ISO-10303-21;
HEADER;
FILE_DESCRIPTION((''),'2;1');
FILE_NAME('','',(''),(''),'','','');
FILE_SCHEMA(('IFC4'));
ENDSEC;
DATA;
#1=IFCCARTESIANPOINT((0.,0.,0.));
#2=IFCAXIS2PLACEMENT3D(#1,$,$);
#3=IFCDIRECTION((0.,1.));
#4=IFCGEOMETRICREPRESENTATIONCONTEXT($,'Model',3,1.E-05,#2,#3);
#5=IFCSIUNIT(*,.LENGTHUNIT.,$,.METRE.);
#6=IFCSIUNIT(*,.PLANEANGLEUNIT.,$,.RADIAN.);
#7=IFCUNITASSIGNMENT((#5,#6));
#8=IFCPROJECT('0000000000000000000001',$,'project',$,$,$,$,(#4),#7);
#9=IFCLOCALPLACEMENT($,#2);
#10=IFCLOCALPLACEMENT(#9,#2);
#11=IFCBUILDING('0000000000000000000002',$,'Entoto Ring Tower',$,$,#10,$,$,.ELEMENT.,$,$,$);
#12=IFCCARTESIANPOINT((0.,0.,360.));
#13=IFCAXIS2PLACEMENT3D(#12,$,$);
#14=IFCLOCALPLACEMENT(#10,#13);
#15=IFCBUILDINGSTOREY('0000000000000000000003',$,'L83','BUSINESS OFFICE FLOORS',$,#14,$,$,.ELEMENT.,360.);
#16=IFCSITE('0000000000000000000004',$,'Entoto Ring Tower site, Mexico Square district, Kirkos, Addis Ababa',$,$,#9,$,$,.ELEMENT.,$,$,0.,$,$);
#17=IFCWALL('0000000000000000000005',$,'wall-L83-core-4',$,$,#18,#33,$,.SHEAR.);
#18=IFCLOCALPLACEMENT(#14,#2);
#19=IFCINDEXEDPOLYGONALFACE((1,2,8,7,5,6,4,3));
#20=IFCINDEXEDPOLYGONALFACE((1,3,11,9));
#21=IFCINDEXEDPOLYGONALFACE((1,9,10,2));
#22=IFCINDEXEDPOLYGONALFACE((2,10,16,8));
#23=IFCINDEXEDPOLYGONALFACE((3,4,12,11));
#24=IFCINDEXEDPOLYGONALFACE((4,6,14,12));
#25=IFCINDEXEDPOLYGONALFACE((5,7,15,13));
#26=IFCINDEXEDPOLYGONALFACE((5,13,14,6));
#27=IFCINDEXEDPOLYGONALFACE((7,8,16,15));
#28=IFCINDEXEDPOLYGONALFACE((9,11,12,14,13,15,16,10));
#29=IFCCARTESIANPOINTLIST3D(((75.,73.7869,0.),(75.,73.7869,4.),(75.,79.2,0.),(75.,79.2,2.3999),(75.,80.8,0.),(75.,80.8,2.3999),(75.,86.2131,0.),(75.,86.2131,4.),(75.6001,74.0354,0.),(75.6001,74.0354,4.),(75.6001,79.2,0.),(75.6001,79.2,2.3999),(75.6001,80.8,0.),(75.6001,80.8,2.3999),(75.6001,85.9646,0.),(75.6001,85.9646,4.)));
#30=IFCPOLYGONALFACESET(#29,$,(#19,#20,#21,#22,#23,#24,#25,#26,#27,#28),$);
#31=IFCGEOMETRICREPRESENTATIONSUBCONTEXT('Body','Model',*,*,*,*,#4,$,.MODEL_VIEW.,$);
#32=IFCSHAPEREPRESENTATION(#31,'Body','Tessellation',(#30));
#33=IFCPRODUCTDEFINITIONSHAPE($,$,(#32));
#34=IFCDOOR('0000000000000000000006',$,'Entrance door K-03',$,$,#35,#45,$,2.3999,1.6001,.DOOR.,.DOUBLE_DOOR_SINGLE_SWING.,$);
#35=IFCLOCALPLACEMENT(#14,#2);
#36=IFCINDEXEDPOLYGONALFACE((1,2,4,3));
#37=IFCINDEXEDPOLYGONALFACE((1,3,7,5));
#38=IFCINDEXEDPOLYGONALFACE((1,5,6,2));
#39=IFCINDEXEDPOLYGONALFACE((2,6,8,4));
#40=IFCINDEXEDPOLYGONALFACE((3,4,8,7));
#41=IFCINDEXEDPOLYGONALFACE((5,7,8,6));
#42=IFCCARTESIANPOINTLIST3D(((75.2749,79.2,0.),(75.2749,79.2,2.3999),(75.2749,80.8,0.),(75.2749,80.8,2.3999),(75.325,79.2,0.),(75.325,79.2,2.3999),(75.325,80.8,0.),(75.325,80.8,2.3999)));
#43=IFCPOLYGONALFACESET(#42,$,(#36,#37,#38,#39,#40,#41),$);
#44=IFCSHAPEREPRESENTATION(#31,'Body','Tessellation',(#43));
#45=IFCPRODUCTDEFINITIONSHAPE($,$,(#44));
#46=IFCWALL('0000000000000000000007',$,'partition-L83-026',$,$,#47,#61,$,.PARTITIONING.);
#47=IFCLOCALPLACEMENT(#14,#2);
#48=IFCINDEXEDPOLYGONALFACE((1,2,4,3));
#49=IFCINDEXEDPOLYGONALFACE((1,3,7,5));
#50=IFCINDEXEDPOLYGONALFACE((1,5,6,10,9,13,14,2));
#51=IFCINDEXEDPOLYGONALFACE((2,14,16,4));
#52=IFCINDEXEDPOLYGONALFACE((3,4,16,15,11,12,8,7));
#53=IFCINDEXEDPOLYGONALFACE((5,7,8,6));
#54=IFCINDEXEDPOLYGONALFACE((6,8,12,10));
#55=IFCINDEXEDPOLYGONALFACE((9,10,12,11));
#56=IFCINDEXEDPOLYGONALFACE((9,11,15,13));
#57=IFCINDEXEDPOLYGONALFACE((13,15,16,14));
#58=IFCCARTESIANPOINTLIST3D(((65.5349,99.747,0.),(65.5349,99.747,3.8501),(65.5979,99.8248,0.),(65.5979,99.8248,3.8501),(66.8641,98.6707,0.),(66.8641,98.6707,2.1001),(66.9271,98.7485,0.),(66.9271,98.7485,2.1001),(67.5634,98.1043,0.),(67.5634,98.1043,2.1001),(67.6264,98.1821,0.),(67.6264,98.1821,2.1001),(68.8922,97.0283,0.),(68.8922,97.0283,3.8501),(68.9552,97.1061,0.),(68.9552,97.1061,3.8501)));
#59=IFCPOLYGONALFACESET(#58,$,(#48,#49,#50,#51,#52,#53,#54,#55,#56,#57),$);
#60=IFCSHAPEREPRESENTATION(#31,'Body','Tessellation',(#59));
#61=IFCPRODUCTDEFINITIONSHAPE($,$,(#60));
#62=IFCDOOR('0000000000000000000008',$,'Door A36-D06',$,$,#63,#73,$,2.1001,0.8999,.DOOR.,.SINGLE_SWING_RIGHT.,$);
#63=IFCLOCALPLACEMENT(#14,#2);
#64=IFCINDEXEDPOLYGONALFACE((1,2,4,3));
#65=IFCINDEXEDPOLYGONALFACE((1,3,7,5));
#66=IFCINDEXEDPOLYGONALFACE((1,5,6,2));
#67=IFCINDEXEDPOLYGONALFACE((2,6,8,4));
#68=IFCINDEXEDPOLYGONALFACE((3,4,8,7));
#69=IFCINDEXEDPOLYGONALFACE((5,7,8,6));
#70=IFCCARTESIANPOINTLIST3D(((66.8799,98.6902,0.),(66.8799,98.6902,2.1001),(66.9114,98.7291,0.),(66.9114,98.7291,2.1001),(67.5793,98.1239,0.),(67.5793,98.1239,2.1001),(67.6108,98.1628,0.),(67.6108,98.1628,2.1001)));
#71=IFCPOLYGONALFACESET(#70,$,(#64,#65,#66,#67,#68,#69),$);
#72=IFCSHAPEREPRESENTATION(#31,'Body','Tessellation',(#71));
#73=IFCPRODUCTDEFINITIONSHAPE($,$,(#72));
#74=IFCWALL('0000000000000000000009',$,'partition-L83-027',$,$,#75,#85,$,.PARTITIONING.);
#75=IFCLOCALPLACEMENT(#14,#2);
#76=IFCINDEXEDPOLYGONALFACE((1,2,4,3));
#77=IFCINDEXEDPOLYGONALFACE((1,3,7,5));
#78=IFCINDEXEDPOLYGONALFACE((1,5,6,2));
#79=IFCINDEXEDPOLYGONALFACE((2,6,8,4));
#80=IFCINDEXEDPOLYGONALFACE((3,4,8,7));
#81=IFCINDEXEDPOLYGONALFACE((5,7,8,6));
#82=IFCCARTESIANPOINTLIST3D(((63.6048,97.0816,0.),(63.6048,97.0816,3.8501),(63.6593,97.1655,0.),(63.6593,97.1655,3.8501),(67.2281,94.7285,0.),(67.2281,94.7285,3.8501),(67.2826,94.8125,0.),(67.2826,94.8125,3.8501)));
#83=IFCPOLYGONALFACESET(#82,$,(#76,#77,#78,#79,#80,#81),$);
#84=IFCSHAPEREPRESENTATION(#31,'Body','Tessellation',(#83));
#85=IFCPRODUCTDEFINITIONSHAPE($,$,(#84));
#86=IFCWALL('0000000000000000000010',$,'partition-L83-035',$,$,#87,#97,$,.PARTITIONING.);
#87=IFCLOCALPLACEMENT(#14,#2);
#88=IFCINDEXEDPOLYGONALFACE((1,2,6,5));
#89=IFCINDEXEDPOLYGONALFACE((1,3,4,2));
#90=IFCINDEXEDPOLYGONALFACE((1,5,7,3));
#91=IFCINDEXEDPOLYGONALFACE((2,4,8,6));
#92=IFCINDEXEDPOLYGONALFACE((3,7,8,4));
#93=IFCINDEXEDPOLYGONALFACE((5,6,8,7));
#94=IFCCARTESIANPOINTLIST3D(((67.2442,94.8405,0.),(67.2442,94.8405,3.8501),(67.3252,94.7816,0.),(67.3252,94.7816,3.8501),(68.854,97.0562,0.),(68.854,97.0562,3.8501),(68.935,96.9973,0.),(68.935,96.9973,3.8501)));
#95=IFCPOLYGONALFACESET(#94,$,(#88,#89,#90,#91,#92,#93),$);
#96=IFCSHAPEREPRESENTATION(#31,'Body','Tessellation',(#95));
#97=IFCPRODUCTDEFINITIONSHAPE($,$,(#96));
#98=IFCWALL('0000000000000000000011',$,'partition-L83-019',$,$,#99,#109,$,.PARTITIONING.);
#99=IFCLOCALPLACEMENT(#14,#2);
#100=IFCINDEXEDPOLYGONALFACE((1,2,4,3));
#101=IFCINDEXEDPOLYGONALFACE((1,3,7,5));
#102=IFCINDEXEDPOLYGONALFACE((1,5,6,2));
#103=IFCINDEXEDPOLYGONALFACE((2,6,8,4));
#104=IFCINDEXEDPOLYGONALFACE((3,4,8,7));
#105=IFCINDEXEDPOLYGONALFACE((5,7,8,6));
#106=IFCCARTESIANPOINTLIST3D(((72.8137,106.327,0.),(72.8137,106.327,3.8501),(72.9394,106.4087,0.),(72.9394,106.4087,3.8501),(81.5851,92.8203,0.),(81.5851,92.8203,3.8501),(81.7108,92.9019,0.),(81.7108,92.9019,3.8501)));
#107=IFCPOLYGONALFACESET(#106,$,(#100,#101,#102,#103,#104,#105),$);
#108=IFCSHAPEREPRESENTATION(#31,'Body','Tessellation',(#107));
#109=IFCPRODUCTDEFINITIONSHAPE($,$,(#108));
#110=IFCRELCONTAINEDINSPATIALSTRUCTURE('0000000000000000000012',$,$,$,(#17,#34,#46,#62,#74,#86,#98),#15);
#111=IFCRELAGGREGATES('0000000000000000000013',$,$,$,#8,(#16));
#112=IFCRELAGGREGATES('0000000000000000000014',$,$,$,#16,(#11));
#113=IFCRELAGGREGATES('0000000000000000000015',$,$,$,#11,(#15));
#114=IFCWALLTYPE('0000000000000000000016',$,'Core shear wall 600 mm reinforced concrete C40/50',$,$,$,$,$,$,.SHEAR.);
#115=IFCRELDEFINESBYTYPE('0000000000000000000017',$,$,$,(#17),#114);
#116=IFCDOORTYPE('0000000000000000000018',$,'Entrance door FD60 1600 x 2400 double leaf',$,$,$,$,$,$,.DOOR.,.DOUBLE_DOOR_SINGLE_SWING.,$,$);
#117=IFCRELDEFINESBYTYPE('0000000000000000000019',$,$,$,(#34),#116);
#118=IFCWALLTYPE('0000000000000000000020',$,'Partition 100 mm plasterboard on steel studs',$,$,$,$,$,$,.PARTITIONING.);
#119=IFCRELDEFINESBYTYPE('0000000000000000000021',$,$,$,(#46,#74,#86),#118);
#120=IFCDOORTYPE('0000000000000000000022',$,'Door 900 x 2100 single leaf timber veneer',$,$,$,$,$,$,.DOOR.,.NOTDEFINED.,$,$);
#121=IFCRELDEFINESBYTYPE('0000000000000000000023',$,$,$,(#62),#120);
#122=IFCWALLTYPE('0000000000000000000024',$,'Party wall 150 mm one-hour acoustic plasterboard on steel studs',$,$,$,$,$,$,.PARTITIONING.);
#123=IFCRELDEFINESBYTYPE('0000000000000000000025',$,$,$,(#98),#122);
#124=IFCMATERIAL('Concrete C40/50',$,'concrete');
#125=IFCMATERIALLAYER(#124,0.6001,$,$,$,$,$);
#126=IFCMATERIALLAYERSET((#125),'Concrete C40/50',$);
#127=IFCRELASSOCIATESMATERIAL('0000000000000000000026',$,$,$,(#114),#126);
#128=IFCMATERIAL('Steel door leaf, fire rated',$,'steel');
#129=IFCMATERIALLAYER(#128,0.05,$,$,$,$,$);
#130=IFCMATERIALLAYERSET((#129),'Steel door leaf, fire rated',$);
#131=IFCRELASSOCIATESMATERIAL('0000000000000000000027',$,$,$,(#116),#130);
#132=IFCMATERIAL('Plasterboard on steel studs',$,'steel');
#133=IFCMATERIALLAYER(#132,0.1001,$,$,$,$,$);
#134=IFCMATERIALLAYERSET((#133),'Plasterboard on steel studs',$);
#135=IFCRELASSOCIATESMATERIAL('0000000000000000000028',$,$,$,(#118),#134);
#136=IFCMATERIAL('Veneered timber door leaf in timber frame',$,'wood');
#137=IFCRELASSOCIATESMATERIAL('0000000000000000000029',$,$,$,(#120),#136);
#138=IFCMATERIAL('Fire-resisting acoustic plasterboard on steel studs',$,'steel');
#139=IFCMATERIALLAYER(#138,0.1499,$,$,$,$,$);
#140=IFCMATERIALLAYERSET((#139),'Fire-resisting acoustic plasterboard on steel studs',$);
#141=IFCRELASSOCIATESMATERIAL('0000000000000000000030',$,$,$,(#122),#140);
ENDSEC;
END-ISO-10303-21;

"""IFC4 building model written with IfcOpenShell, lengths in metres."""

from ifc_helpers import new_model, si_unit, direction, frame, frame_2d, origin, place, context, subcontext, project, spatial, polyline, rectangle, outline, extrude, material, layer, layer_set, type_object, element, fill, save


model = new_model("IFC4")

# Units and contexts
model_context = context("Model", 3, precision=1e-05, world=origin(), true_north=direction((0.0, 1.0)))
body_context = subcontext(model_context, "Body", "Model", "MODEL_VIEW")
ifc_project = project(units=[si_unit("LENGTHUNIT", "METRE"), si_unit("PLANEANGLEUNIT", "RADIAN")], contexts=[model_context])

# Site, building, storey
site_placement = place(None, origin())
site = spatial("IfcSite", under=ifc_project, at=site_placement, Name="Entoto Ring Tower site, Mexico Square district, Kirkos, Addis Ababa", CompositionType="ELEMENT", RefElevation=0.0)
building_placement = place(site_placement, origin())
building = spatial("IfcBuilding", under=site, at=building_placement, Name="Entoto Ring Tower", CompositionType="ELEMENT")
storey_placement = place(building_placement, frame((0.0, 0.0, 360.0)))
storey = spatial("IfcBuildingStorey", under=building, at=storey_placement, Name="L83", Description="BUSINESS OFFICE FLOORS", CompositionType="ELEMENT", Elevation=360.0)

# Shared definitions
ifc_material_1 = material(Name="Concrete C40/50", Category="concrete")
ifc_layer_1 = layer(ifc_material_1, 0.6001)
ifc_layer_set_1 = layer_set([ifc_layer_1], Name="Concrete C40/50")
wall_type_1 = type_object("IfcWallType", Name="Core shear wall 600 mm reinforced concrete C40/50", PredefinedType="SHEAR", material=ifc_layer_set_1)

# Walls, openings, doors
wall_1_placement = place(storey_placement, frame((75.3, 86.0889, 0.0), z_axis=(0.0, 0.0, 1.0), x_axis=(0.0, -1.0, 0.0)))
wall_1 = element("IfcWall", 1, at=wall_1_placement, inside=storey, type_object=wall_type_1, Name="wall-L83-core-4", PredefinedType="SHEAR", context=body_context, shape_type="SweptSolid", body=[
    extrude(outline(polyline([(-0.1243, -0.3), (12.302, -0.3), (12.0535, 0.3), (0.1243, 0.3), (-0.1243, -0.3)])), origin(), (0.0, 0.0, 1.0), 4.0),
])
opening_1_placement = place(wall_1_placement, frame((5.2888, 0.0, 0.0)))
opening_1 = element("IfcOpeningElement", 2, at=opening_1_placement, cuts=wall_1, PredefinedType="OPENING", context=body_context, shape_type="SweptSolid", body=[
    extrude(rectangle(XDim=1.6001, YDim=2.3999, at=frame_2d((0.8, 1.2))), frame((0.0, 0.3101, 0.0), z_axis=(0.0, -1.0, 0.0), x_axis=(1.0, 0.0, 0.0)), (0.0, 0.0, 1.0), 0.6201),
])
ifc_material_2 = material(Name="Steel door leaf, fire rated", Category="steel")
ifc_layer_2 = layer(ifc_material_2, 0.05)
ifc_layer_set_2 = layer_set([ifc_layer_2], Name="Steel door leaf, fire rated")
door_type_1 = type_object("IfcDoorType", Name="Entrance door FD60 1600 x 2400 double leaf", OperationType="DOUBLE_DOOR_SINGLE_SWING", PredefinedType="DOOR", material=ifc_layer_set_2)
door_1_placement = place(opening_1_placement, origin())
door_1 = element("IfcDoor", 3, at=door_1_placement, inside=storey, type_object=door_type_1, Name="Entrance door K-03", OperationType="DOUBLE_DOOR_SINGLE_SWING", OverallHeight=2.3999, OverallWidth=1.6001, PredefinedType="DOOR", context=body_context, shape_type="SweptSolid", body=[
    extrude(rectangle(XDim=1.6001, YDim=2.3999, at=frame_2d((0.8, 1.2))), frame((0.0, 0.0249, 0.0), z_axis=(0.0, -1.0, 0.0), x_axis=(1.0, 0.0, 0.0)), (0.0, 0.0, 1.0), 0.05),
])
fill(opening_1, door_1)
ifc_material_3 = material(Name="Plasterboard on steel studs", Category="steel")
ifc_layer_3 = layer(ifc_material_3, 0.1001)
ifc_layer_set_3 = layer_set([ifc_layer_3], Name="Plasterboard on steel studs")
wall_type_2 = type_object("IfcWallType", Name="Partition 100 mm plasterboard on steel studs", PredefinedType="PARTITIONING", material=ifc_layer_set_3)
wall_2_placement = place(storey_placement, frame((68.9238, 97.0671, 0.0), z_axis=(0.0, 0.0, 1.0), x_axis=(-0.77715, 0.629315, 0.0)))
wall_2 = element("IfcWall", 4, at=wall_2_placement, inside=storey, type_object=wall_type_2, Name="partition-L83-026", PredefinedType="PARTITIONING", context=body_context, shape_type="SweptSolid", body=[
    extrude(rectangle(XDim=4.3201, YDim=0.1001, at=frame_2d((2.1602, 0.0))), origin(), (0.0, 0.0, 1.0), 3.8501),
])
opening_2_placement = place(wall_2_placement, frame((1.71, 0.0, 0.0)))
opening_2 = element("IfcOpeningElement", 5, at=opening_2_placement, cuts=wall_2, PredefinedType="OPENING", context=body_context, shape_type="SweptSolid", body=[
    extrude(rectangle(XDim=0.8999, YDim=2.1001, at=frame_2d((0.45, 1.05))), frame((0.0, 0.0601, 0.0), z_axis=(0.0, -1.0, 0.0), x_axis=(1.0, 0.0, 0.0)), (0.0, 0.0, 1.0), 0.1201),
])
ifc_material_4 = material(Name="Veneered timber door leaf in timber frame", Category="wood")
door_type_2 = type_object("IfcDoorType", Name="Door 900 x 2100 single leaf timber veneer", OperationType="NOTDEFINED", PredefinedType="DOOR", material=ifc_material_4)
door_2_placement = place(opening_2_placement, origin())
door_2 = element("IfcDoor", 6, at=door_2_placement, inside=storey, type_object=door_type_2, Name="Door A36-D06", OperationType="SINGLE_SWING_RIGHT", OverallHeight=2.1001, OverallWidth=0.8999, PredefinedType="DOOR", context=body_context, shape_type="SweptSolid", body=[
    extrude(rectangle(XDim=0.8999, YDim=2.1001, at=frame_2d((0.45, 1.05))), frame((0.0, 0.0249, 0.0), z_axis=(0.0, -1.0, 0.0), x_axis=(1.0, 0.0, 0.0)), (0.0, 0.0, 1.0), 0.05),
])
fill(opening_2, door_2)

# Walls
wall_3_placement = place(storey_placement, frame((67.2554, 94.7705, 0.0), z_axis=(0.0, 0.0, 1.0), x_axis=(-0.838667, 0.544645, 0.0)))
element("IfcWall", 7, at=wall_3_placement, inside=storey, type_object=wall_type_2, Name="partition-L83-027", PredefinedType="PARTITIONING", context=body_context, shape_type="SweptSolid", body=[
    extrude(rectangle(XDim=4.3203, YDim=0.1001, at=frame_2d((2.1602, 0.0))), origin(), (0.0, 0.0, 1.0), 3.8501),
])
wall_4_placement = place(storey_placement, frame((67.2847, 94.811, 0.0), z_axis=(0.0, 0.0, 1.0), x_axis=(0.587779, 0.809021, 0.0)))
element("IfcWall", 8, at=wall_4_placement, inside=storey, type_object=wall_type_2, Name="partition-L83-035", PredefinedType="PARTITIONING", context=body_context, shape_type="SweptSolid", body=[
    extrude(rectangle(XDim=2.7388, YDim=0.1001, at=frame_2d((1.3694, 0.0))), origin(), (0.0, 0.0, 1.0), 3.8501),
])
ifc_material_5 = material(Name="Fire-resisting acoustic plasterboard on steel studs", Category="steel")
ifc_layer_4 = layer(ifc_material_5, 0.1499)
ifc_layer_set_4 = layer_set([ifc_layer_4], Name="Fire-resisting acoustic plasterboard on steel studs")
wall_type_3 = type_object("IfcWallType", Name="Party wall 150 mm one-hour acoustic plasterboard on steel studs", PredefinedType="PARTITIONING", material=ifc_layer_set_4)
wall_5_placement = place(storey_placement, frame((81.6479, 92.8611, 0.0), z_axis=(0.0, 0.0, 1.0), x_axis=(-0.544641, 0.838669, 0.0)))
element("IfcWall", 9, at=wall_5_placement, inside=storey, type_object=wall_type_3, Name="partition-L83-019", PredefinedType="PARTITIONING", context=body_context, shape_type="SweptSolid", body=[
    extrude(rectangle(XDim=16.105, YDim=0.1499, at=frame_2d((8.0525, 0.0))), origin(), (0.0, 0.0, 1.0), 3.8501),
])

save(model, "model.ifc")
